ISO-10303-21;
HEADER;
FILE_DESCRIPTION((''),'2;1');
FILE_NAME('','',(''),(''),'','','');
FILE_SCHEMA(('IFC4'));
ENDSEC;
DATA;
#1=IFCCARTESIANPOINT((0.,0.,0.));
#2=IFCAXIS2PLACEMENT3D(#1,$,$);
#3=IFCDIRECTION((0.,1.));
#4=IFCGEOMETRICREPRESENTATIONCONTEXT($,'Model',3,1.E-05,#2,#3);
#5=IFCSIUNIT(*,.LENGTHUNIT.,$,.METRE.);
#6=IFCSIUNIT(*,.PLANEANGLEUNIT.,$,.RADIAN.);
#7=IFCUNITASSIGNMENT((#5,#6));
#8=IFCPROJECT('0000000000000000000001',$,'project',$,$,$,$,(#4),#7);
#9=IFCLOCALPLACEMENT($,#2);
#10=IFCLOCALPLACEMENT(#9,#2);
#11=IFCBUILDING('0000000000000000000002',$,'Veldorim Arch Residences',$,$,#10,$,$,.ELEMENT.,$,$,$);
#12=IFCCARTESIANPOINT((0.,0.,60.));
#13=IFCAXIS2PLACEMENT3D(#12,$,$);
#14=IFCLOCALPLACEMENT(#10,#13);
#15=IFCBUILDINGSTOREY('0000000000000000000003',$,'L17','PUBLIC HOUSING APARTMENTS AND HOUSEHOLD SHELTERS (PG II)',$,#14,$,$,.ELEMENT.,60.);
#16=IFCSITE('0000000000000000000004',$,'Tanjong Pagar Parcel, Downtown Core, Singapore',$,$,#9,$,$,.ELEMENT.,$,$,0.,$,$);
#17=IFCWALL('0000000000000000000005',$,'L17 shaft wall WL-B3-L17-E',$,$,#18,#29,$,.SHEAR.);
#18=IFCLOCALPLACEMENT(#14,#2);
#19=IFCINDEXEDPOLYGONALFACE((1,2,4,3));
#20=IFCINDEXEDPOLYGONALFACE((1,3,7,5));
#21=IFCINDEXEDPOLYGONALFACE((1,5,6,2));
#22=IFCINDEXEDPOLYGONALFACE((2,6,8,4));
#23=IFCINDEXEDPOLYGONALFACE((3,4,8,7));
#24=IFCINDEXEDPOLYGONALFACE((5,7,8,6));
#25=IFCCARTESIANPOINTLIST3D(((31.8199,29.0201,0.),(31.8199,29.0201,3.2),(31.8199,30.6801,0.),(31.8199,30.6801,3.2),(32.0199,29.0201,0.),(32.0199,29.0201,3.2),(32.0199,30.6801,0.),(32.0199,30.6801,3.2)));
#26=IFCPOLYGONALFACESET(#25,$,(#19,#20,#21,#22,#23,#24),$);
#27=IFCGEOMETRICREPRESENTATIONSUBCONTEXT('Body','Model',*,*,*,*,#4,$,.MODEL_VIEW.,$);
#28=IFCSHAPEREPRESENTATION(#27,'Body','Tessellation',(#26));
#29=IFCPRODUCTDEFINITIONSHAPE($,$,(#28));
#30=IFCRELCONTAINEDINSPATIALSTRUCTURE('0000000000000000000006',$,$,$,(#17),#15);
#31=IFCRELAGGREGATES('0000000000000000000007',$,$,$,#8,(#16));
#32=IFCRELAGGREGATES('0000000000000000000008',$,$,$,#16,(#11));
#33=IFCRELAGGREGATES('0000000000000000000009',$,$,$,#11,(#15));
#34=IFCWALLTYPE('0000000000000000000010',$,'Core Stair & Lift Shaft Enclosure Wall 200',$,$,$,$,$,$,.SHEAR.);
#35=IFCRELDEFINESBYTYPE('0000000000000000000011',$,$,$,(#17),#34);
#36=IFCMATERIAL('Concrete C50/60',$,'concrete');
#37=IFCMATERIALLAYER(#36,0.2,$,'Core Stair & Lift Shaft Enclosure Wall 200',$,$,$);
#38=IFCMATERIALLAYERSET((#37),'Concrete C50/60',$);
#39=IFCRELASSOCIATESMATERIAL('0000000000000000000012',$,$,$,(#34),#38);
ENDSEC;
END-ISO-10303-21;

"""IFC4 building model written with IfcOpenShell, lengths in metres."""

from ifc_helpers import new_model, si_unit, direction, frame, frame_2d, origin, place, context, subcontext, project, spatial, rectangle, extrude, material, layer, layer_set, type_object, element, save


model = new_model("IFC4")

# Units and contexts
model_context = context("Model", 3, precision=1e-05, world=origin(), true_north=direction((0.0, 1.0)))
body_context = subcontext(model_context, "Body", "Model", "MODEL_VIEW")
ifc_project = project(units=[si_unit("LENGTHUNIT", "METRE"), si_unit("PLANEANGLEUNIT", "RADIAN")], contexts=[model_context])

# Site, building, storey
site_placement = place(None, origin())
site = spatial("IfcSite", under=ifc_project, at=site_placement, Name="Tanjong Pagar Parcel, Downtown Core, Singapore", CompositionType="ELEMENT", RefElevation=0.0)
building_placement = place(site_placement, origin())
building = spatial("IfcBuilding", under=site, at=building_placement, Name="Veldorim Arch Residences", CompositionType="ELEMENT")
storey_placement = place(building_placement, frame((0.0, 0.0, 60.0)))
storey = spatial("IfcBuildingStorey", under=building, at=storey_placement, Name="L17", Description="PUBLIC HOUSING APARTMENTS AND HOUSEHOLD SHELTERS (PG II)", CompositionType="ELEMENT", Elevation=60.0)

# Shared definitions
ifc_material_1 = material(Name="Concrete C50/60", Category="concrete")
ifc_layer_1 = layer(ifc_material_1, 0.2, Name="Core Stair & Lift Shaft Enclosure Wall 200")
ifc_layer_set_1 = layer_set([ifc_layer_1], Name="Concrete C50/60")
wall_type_1 = type_object("IfcWallType", Name="Core Stair & Lift Shaft Enclosure Wall 200", PredefinedType="SHEAR", material=ifc_layer_set_1)

# Wall
wall_1_placement = place(storey_placement, frame((31.9199, 29.02, 0.0), z_axis=(0.0, 0.0, 1.0), x_axis=(0.0, 1.0, 0.0)))
element("IfcWall", 1, at=wall_1_placement, inside=storey, type_object=wall_type_1, Name="L17 shaft wall WL-B3-L17-E", PredefinedType="SHEAR", context=body_context, shape_type="SweptSolid", body=[
    extrude(rectangle(XDim=1.6599, YDim=0.2, at=frame_2d((0.8301, 0.0))), origin(), (0.0, 0.0, 1.0), 3.2),
])

save(model, "model.ifc")
